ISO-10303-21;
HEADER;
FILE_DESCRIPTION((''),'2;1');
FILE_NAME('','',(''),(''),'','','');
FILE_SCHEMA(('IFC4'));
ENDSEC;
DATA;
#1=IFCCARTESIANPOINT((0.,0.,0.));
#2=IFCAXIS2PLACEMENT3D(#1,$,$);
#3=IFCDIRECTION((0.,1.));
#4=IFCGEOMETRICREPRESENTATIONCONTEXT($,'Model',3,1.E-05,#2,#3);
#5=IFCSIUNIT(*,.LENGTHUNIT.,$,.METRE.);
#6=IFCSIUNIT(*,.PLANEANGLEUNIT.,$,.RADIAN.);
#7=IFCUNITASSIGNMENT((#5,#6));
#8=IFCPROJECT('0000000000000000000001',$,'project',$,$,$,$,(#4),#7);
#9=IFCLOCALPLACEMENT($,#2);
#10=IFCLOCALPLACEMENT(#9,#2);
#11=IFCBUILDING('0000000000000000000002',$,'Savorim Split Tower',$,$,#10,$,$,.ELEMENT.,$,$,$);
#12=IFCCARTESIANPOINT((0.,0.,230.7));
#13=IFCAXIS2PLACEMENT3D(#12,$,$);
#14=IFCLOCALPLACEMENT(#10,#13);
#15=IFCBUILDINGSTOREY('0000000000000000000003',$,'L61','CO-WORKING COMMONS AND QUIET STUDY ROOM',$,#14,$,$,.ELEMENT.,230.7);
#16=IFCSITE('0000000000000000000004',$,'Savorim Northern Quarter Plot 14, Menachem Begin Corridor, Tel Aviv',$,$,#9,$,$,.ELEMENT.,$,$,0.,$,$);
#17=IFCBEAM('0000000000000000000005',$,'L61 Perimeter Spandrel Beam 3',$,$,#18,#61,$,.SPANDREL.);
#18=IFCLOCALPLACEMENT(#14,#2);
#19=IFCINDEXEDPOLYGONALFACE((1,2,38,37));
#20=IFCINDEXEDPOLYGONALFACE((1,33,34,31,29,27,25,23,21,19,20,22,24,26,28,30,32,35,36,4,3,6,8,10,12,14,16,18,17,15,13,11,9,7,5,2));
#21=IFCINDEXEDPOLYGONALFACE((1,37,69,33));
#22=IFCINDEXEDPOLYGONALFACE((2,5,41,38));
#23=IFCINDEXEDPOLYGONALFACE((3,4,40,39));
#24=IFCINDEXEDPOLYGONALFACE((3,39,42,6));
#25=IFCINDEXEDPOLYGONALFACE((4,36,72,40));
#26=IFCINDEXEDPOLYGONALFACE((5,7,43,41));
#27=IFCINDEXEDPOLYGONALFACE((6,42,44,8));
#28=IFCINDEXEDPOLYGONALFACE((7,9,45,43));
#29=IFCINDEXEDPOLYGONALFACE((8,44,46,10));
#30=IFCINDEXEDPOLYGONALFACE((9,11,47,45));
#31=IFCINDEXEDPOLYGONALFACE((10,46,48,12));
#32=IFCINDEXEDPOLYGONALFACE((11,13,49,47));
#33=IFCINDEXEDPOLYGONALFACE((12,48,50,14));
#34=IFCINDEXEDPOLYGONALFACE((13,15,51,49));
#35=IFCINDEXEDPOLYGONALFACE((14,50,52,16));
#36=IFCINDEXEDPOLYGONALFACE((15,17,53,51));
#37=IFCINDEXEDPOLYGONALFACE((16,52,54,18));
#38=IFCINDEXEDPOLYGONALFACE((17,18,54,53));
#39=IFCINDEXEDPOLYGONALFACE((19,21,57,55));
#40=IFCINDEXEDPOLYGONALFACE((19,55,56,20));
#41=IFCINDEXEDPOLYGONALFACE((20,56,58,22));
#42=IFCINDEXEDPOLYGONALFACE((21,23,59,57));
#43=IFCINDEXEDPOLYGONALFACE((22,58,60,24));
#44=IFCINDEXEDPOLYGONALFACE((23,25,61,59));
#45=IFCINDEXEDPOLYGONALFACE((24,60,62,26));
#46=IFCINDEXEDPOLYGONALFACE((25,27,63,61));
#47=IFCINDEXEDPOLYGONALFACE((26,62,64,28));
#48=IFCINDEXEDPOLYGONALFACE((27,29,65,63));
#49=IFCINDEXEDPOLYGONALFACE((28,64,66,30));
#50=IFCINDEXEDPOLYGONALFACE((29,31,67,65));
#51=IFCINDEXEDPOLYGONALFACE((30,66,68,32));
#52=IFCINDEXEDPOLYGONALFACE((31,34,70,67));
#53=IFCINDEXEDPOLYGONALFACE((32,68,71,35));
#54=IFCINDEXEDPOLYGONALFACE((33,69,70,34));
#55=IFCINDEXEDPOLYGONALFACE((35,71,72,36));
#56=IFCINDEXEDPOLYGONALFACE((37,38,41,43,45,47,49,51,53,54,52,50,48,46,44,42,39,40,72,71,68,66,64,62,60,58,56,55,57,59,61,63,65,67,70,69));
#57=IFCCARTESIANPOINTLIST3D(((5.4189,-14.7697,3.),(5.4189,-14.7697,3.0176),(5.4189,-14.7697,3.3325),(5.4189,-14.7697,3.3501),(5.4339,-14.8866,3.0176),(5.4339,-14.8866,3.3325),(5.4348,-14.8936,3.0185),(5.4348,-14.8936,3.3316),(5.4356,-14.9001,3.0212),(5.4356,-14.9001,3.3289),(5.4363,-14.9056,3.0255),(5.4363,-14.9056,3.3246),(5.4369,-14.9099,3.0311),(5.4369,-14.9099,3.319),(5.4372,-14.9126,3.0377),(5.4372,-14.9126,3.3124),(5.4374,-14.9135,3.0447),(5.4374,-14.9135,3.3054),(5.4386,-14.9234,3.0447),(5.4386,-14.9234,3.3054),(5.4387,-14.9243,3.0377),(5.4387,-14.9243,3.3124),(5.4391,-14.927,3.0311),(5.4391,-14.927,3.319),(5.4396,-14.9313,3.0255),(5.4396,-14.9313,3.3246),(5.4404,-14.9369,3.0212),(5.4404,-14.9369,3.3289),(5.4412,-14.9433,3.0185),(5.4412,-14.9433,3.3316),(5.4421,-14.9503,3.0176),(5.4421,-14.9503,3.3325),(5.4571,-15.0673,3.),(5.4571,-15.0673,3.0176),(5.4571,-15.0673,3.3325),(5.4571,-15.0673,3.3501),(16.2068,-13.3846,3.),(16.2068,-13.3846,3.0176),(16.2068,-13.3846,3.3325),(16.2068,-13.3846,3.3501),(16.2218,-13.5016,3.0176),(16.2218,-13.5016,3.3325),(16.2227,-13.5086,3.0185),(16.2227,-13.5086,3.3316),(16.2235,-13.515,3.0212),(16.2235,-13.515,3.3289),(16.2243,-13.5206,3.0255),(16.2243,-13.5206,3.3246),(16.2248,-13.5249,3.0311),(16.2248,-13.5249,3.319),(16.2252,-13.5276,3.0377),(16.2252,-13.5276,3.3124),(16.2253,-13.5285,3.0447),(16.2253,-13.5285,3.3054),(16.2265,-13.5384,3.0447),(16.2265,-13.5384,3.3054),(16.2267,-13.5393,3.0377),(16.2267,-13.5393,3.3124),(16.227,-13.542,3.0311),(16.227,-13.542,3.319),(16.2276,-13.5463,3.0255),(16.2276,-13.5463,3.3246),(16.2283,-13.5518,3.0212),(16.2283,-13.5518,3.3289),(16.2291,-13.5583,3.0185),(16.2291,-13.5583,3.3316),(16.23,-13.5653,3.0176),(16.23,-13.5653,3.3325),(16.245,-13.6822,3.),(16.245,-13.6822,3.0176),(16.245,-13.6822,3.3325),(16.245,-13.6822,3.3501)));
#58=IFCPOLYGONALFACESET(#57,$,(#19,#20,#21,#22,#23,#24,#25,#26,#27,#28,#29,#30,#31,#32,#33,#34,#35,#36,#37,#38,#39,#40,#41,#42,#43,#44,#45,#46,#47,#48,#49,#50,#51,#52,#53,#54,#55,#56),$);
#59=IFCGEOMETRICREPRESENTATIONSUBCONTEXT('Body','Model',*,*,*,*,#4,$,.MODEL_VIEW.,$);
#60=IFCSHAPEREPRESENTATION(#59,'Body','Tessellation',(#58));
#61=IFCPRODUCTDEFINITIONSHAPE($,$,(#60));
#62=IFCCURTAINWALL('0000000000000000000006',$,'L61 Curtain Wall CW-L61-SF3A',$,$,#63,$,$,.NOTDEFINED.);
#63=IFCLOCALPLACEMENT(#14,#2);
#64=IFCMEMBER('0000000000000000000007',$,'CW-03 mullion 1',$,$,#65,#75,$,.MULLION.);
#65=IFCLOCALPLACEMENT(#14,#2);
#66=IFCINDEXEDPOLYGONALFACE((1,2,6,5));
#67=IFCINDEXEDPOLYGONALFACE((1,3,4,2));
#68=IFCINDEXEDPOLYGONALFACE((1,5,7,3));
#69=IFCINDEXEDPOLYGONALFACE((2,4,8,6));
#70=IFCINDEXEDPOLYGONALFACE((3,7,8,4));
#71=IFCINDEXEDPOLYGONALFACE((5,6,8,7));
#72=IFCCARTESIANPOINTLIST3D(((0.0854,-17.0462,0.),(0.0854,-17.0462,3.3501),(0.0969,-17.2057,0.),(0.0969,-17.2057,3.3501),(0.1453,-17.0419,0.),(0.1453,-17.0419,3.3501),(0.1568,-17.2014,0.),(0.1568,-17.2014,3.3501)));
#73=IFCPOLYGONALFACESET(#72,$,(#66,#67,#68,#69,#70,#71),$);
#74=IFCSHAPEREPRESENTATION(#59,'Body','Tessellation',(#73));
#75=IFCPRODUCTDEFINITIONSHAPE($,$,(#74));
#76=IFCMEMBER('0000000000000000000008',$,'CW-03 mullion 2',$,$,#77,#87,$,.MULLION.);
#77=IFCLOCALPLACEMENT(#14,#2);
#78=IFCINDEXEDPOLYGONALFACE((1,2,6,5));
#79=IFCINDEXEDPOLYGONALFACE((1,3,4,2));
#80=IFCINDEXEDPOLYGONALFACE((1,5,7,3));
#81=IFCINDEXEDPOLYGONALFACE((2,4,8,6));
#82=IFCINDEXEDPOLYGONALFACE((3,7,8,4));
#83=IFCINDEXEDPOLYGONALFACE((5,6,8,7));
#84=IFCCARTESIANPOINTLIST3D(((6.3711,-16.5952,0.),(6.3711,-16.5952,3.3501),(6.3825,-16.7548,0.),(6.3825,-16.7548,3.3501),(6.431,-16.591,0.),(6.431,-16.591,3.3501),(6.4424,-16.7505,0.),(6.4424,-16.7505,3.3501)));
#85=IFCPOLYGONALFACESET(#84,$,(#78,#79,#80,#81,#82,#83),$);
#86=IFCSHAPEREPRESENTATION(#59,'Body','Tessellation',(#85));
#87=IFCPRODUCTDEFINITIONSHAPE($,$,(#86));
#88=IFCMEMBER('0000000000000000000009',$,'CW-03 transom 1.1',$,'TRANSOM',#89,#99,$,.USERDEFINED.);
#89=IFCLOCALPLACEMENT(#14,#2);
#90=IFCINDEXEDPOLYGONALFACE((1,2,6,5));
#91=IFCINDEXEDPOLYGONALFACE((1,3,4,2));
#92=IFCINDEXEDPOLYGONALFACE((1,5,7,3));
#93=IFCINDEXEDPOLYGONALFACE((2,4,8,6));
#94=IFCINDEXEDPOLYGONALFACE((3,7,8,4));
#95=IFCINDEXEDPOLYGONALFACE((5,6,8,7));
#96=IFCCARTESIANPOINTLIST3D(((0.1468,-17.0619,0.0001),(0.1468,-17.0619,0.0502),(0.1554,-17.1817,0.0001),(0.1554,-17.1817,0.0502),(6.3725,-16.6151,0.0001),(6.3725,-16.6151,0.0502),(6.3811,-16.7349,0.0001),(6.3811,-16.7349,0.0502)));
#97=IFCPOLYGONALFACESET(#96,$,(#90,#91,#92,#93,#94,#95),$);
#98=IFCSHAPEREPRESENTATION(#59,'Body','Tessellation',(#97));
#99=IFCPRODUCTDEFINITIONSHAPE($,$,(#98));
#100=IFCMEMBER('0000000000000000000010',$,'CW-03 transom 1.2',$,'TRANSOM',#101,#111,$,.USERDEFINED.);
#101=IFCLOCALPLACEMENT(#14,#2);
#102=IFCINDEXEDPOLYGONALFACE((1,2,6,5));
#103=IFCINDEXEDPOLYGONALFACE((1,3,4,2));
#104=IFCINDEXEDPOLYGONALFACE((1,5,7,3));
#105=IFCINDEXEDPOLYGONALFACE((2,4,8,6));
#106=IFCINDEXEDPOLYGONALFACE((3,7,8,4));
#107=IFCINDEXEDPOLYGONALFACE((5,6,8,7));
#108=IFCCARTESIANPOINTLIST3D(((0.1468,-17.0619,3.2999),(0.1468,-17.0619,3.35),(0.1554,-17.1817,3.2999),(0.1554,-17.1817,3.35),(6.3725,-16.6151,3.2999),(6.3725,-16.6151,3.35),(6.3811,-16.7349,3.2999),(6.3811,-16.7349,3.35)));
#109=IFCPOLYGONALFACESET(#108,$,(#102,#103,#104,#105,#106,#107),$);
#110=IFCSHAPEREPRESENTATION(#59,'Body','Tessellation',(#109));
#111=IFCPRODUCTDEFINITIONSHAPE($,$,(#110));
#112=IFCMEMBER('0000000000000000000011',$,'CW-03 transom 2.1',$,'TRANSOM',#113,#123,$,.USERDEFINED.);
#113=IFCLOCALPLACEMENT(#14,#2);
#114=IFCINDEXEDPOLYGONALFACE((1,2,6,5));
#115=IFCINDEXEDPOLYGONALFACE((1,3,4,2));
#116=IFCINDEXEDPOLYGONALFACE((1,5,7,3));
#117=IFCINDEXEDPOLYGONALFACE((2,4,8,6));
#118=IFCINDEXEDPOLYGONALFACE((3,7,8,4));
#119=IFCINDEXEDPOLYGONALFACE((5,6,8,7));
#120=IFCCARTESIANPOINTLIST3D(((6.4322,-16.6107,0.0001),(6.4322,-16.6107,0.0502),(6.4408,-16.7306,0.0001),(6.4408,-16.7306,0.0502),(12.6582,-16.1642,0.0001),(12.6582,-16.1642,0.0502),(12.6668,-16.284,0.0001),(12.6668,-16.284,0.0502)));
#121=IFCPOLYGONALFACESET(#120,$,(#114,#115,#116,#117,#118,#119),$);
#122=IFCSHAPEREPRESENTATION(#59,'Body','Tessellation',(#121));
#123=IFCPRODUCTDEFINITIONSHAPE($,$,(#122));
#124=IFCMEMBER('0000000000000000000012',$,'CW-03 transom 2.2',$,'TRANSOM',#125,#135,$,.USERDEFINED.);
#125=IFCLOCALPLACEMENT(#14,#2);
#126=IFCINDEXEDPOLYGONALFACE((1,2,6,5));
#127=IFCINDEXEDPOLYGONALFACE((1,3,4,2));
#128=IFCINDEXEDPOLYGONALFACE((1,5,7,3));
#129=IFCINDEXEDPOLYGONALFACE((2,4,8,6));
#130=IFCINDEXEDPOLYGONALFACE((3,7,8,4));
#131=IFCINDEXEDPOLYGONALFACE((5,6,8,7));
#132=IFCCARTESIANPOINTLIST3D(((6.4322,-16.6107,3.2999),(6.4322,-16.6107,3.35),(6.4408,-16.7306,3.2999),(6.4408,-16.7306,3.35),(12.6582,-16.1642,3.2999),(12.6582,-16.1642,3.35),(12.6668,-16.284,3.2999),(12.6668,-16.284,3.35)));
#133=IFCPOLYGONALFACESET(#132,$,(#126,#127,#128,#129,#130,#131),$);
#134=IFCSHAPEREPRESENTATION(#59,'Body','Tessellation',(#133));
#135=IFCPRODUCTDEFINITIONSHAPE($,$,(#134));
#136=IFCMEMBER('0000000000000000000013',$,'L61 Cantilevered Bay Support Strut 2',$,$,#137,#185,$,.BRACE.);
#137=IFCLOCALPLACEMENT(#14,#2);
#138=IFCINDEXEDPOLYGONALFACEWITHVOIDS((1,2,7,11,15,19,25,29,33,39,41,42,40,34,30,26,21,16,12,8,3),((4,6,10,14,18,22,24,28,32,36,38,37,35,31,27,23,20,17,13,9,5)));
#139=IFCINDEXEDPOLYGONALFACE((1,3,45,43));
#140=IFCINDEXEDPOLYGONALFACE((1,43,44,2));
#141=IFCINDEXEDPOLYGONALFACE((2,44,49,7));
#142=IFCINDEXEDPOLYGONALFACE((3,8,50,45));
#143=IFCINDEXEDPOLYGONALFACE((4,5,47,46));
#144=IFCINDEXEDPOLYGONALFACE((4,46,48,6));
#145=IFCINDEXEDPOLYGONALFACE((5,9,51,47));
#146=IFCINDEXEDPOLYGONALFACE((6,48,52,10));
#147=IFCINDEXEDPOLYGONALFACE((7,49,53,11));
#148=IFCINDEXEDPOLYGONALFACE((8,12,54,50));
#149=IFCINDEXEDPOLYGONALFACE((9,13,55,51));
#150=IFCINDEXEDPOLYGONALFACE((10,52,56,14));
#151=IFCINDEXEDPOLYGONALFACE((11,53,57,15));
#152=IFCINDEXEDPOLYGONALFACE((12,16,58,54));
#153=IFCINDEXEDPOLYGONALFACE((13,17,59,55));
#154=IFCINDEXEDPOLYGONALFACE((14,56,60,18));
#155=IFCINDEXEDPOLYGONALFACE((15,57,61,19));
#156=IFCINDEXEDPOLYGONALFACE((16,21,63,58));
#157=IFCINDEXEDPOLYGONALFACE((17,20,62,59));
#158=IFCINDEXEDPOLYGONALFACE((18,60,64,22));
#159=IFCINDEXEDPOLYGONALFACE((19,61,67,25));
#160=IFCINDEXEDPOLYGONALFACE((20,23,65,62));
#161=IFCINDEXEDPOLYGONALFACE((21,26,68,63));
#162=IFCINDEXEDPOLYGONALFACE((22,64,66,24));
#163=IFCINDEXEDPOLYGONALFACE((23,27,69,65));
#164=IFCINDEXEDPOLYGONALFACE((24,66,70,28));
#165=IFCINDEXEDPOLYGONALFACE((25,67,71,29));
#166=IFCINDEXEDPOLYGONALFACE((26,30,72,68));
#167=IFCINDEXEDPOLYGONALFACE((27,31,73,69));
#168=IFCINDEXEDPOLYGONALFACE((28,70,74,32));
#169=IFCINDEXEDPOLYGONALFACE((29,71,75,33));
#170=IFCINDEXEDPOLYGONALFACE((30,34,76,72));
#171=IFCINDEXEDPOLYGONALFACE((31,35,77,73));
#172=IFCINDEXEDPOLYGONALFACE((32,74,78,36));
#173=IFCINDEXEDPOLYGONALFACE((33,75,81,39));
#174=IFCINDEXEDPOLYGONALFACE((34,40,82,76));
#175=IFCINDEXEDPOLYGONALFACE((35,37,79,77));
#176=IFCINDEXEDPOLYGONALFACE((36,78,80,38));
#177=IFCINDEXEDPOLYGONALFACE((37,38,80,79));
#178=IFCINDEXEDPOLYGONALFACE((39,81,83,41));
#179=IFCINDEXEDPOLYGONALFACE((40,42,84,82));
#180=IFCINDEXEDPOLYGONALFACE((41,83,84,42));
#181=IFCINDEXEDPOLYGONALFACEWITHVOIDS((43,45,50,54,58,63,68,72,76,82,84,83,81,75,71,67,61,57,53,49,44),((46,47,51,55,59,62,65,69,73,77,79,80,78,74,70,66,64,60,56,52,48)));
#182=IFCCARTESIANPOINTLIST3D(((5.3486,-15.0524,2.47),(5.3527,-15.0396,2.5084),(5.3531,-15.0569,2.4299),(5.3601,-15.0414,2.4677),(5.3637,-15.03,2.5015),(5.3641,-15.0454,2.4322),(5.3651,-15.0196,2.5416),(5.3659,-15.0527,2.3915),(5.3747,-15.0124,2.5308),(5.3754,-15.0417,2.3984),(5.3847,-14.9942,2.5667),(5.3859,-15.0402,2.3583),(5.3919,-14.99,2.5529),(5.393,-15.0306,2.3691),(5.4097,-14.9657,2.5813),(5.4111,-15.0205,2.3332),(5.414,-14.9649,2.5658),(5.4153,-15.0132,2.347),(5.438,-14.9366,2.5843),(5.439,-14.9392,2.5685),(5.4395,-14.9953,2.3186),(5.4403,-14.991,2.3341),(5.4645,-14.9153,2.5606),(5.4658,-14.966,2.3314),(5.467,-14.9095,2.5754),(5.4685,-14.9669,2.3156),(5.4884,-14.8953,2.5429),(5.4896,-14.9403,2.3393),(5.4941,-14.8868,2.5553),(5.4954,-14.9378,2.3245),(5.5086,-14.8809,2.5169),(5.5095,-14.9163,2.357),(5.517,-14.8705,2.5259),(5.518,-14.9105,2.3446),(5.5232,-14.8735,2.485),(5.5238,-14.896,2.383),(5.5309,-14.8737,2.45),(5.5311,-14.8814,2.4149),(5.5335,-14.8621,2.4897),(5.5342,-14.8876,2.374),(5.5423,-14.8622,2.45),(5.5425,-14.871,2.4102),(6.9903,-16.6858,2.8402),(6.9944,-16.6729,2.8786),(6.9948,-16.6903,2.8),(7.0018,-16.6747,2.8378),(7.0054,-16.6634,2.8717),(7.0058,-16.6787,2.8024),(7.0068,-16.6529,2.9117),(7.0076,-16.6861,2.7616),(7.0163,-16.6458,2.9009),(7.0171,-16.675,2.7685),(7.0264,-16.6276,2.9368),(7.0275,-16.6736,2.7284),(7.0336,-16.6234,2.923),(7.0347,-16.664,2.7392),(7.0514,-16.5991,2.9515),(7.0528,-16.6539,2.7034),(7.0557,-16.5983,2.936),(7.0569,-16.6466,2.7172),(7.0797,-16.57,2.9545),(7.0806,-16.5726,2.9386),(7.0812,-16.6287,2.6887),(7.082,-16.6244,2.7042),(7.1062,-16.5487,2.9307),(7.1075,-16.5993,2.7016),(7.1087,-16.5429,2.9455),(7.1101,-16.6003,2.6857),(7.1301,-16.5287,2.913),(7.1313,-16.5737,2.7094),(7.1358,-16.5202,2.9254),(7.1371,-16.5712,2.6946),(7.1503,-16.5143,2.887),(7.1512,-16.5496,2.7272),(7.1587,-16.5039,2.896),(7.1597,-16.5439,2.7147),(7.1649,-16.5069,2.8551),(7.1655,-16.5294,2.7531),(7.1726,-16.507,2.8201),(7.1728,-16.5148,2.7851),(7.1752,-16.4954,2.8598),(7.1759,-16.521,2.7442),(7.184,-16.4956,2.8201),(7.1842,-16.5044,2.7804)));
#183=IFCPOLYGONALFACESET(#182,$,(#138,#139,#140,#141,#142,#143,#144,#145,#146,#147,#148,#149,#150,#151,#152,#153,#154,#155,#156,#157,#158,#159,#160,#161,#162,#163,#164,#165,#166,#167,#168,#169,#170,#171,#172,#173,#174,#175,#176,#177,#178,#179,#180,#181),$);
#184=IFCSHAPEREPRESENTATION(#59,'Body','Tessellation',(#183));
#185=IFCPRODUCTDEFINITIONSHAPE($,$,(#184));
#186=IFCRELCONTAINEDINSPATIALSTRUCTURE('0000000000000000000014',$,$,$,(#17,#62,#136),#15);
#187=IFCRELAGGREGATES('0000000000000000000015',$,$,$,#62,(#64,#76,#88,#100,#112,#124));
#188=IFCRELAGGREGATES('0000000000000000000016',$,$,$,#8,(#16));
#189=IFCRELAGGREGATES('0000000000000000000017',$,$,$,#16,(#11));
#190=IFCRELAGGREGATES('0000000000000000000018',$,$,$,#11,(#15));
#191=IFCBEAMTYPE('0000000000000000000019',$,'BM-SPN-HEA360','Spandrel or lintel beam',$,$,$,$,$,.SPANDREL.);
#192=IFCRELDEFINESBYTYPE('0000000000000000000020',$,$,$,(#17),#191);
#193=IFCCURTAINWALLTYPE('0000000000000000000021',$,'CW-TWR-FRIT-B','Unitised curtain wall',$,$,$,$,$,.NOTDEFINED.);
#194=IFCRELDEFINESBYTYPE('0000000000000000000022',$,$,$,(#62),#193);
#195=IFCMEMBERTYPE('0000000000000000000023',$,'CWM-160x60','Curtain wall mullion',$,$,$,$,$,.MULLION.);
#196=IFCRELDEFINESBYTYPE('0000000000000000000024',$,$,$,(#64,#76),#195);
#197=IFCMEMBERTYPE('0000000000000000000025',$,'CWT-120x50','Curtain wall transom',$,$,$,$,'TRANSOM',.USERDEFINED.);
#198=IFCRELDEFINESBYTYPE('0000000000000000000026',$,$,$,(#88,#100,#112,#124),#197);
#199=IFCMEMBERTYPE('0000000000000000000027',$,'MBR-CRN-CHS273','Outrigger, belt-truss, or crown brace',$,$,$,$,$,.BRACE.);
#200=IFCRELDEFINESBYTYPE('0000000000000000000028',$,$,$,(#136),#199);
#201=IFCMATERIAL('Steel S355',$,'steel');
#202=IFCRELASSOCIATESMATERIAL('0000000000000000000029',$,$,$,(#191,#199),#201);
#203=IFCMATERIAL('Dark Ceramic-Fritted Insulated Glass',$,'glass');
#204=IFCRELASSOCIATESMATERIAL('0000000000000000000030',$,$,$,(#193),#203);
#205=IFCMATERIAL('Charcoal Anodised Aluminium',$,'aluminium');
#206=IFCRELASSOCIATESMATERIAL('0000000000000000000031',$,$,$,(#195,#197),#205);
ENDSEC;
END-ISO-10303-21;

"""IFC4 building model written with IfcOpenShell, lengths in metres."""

from ifc_helpers import new_model, si_unit, direction, frame, origin, origin_2d, place, context, subcontext, project, spatial, rectangle, hollow_circle, i_section, extrude, material, material_profile, profile_set, type_object, element, aggregate, save


model = new_model("IFC4")

# Units and contexts
model_context = context("Model", 3, precision=1e-05, world=origin(), true_north=direction((0.0, 1.0)))
body_context = subcontext(model_context, "Body", "Model", "MODEL_VIEW")
ifc_project = project(units=[si_unit("LENGTHUNIT", "METRE"), si_unit("PLANEANGLEUNIT", "RADIAN")], contexts=[model_context])

# Site, building, storey
site_placement = place(None, origin())
site = spatial("IfcSite", under=ifc_project, at=site_placement, Name="Savorim Northern Quarter Plot 14, Menachem Begin Corridor, Tel Aviv", CompositionType="ELEMENT", RefElevation=0.0)
building_placement = place(site_placement, origin())
building = spatial("IfcBuilding", under=site, at=building_placement, Name="Savorim Split Tower", CompositionType="ELEMENT")
storey_placement = place(building_placement, frame((0.0, 0.0, 230.7)))
storey = spatial("IfcBuildingStorey", under=building, at=storey_placement, Name="L61", Description="CO-WORKING COMMONS AND QUIET STUDY ROOM", CompositionType="ELEMENT", Elevation=230.7)

# Shared definitions
ifc_material_1 = material(Name="Steel S355", Category="steel")

# Beam
ifc_material_profile_1 = material_profile(ifc_material_1, i_section(OverallWidth=0.3, OverallDepth=0.3501, WebThickness=0.01, FlangeThickness=0.0176, FilletRadius=0.0271, at=origin_2d()), Name="HEA 360")
ifc_profile_set_1 = profile_set([ifc_material_profile_1], Name="Steel S355")
beam_type_1 = type_object("IfcBeamType", Name="BM-SPN-HEA360", Description="Spandrel or lintel beam", PredefinedType="SPANDREL", material=ifc_profile_set_1)
beam_1_placement = place(storey_placement, frame((5.438, -14.9185, 3.175), z_axis=(0.991859, 0.127341, 0.0), x_axis=(-0.127341, 0.991859, 0.0)))
element("IfcBeam", 1, at=beam_1_placement, inside=storey, type_object=beam_type_1, Name="L61 Perimeter Spandrel Beam 3", PredefinedType="SPANDREL", context=body_context, shape_type="SweptSolid", body=[
    extrude(i_section(OverallWidth=0.3, OverallDepth=0.3501, WebThickness=0.01, FlangeThickness=0.0176, FilletRadius=0.0271, at=origin_2d()), origin(), (0.0, 0.0, 1.0), 10.8765),
])

# Curtain wall, members
ifc_material_2 = material(Name="Dark Ceramic-Fritted Insulated Glass", Category="glass")
curtain_wall_type = type_object("IfcCurtainWallType", Name="CW-TWR-FRIT-B", Description="Unitised curtain wall", PredefinedType="NOTDEFINED", material=ifc_material_2)
curtain_wall_placement = place(storey_placement, origin())
curtain_wall = element("IfcCurtainWall", 2, at=curtain_wall_placement, inside=storey, type_object=curtain_wall_type, Name="L61 Curtain Wall CW-L61-SF3A", PredefinedType="NOTDEFINED")
ifc_material_3 = material(Name="Charcoal Anodised Aluminium", Category="aluminium")
ifc_material_profile_2 = material_profile(ifc_material_3, rectangle(XDim=0.1599, YDim=0.0601, at=origin_2d()), Name="ALU-M 160x60")
ifc_profile_set_2 = profile_set([ifc_material_profile_2], Name="Charcoal Anodised Aluminium")
member_type_1 = type_object("IfcMemberType", Name="CWM-160x60", Description="Curtain wall mullion", PredefinedType="MULLION", material=ifc_profile_set_2)
member_1_placement = place(storey_placement, frame((0.1211, -17.1238, 0.0), z_axis=(0.0, 0.0, 1.0), x_axis=(-0.07156, 0.997436, 0.0)))
member_1 = element("IfcMember", 3, at=member_1_placement, type_object=member_type_1, Name="CW-03 mullion 1", PredefinedType="MULLION", context=body_context, shape_type="SweptSolid", body=[
    extrude(rectangle(XDim=0.1599, YDim=0.0601, at=origin_2d()), origin(), (0.0, 0.0, 1.0), 3.3501),
])
member_2_placement = place(storey_placement, frame((6.4067, -16.6729, 0.0), z_axis=(0.0, 0.0, 1.0), x_axis=(-0.07156, 0.997436, 0.0)))
member_2 = element("IfcMember", 4, at=member_2_placement, type_object=member_type_1, Name="CW-03 mullion 2", PredefinedType="MULLION", context=body_context, shape_type="SweptSolid", body=[
    extrude(rectangle(XDim=0.1599, YDim=0.0601, at=origin_2d()), origin(), (0.0, 0.0, 1.0), 3.3501),
])
ifc_material_profile_3 = material_profile(ifc_material_3, rectangle(XDim=0.1201, YDim=0.05, at=origin_2d()), Name="ALU-T 120x50")
ifc_profile_set_3 = profile_set([ifc_material_profile_3], Name="Charcoal Anodised Aluminium")
member_type_2 = type_object("IfcMemberType", Name="CWT-120x50", Description="Curtain wall transom", ElementType="TRANSOM", PredefinedType="USERDEFINED", material=ifc_profile_set_3)
member_3_placement = place(storey_placement, frame((0.1511, -17.1218, 0.0251), z_axis=(0.997435, 0.071581, 0.0), x_axis=(-0.071581, 0.997435, 0.0)))
member_3 = element("IfcMember", 5, at=member_3_placement, type_object=member_type_2, Name="CW-03 transom 1.1", ObjectType="TRANSOM", PredefinedType="USERDEFINED", context=body_context, shape_type="SweptSolid", body=[
    extrude(rectangle(XDim=0.1201, YDim=0.05, at=origin_2d()), origin(), (0.0, 0.0, 1.0), 6.2417),
])
member_4_placement = place(storey_placement, frame((0.1511, -17.1218, 3.325), z_axis=(0.997435, 0.071581, 0.0), x_axis=(-0.071581, 0.997435, 0.0)))
member_4 = element("IfcMember", 6, at=member_4_placement, type_object=member_type_2, Name="CW-03 transom 1.2", ObjectType="TRANSOM", PredefinedType="USERDEFINED", context=body_context, shape_type="SweptSolid", body=[
    extrude(rectangle(XDim=0.1201, YDim=0.05, at=origin_2d()), origin(), (0.0, 0.0, 1.0), 6.2417),
])
member_5_placement = place(storey_placement, frame((6.4365, -16.6707, 0.0251), z_axis=(0.997438, 0.071539, 0.0), x_axis=(-0.071539, 0.997438, 0.0)))
member_5 = element("IfcMember", 7, at=member_5_placement, type_object=member_type_2, Name="CW-03 transom 2.1", ObjectType="TRANSOM", PredefinedType="USERDEFINED", context=body_context, shape_type="SweptSolid", body=[
    extrude(rectangle(XDim=0.1201, YDim=0.05, at=origin_2d()), origin(), (0.0, 0.0, 1.0), 6.2419),
])
member_6_placement = place(storey_placement, frame((6.4365, -16.6707, 3.325), z_axis=(0.997438, 0.071539, 0.0), x_axis=(-0.071539, 0.997438, 0.0)))
member_6 = element("IfcMember", 8, at=member_6_placement, type_object=member_type_2, Name="CW-03 transom 2.2", ObjectType="TRANSOM", PredefinedType="USERDEFINED", context=body_context, shape_type="SweptSolid", body=[
    extrude(rectangle(XDim=0.1201, YDim=0.05, at=origin_2d()), origin(), (0.0, 0.0, 1.0), 6.2419),
])

# Member
ifc_material_profile_4 = material_profile(ifc_material_1, hollow_circle(Radius=0.1365, WallThickness=0.0161, at=origin_2d()), Name="CHS 273x16")
ifc_profile_set_4 = profile_set([ifc_material_profile_4], Name="Steel S355")
member_type_3 = type_object("IfcMemberType", Name="MBR-CRN-CHS273", Description="Outrigger, belt-truss, or crown brace", PredefinedType="BRACE", material=ifc_profile_set_4)
member_7_placement = place(storey_placement, frame((5.446, -14.959, 2.45), z_axis=(0.700012, -0.696473, 0.157825), x_axis=(0.705312, 0.708897, 0.0)))
element("IfcMember", 9, at=member_7_placement, inside=storey, type_object=member_type_3, Name="L61 Cantilevered Bay Support Strut 2", PredefinedType="BRACE", context=body_context, shape_type="SweptSolid", body=[
    extrude(hollow_circle(Radius=0.1365, WallThickness=0.0161, at=origin_2d()), origin(), (0.0, 0.0, 1.0), 2.3452),
])

aggregate(curtain_wall, [member_1, member_2, member_3, member_4, member_5, member_6])

save(model, "model.ifc")
